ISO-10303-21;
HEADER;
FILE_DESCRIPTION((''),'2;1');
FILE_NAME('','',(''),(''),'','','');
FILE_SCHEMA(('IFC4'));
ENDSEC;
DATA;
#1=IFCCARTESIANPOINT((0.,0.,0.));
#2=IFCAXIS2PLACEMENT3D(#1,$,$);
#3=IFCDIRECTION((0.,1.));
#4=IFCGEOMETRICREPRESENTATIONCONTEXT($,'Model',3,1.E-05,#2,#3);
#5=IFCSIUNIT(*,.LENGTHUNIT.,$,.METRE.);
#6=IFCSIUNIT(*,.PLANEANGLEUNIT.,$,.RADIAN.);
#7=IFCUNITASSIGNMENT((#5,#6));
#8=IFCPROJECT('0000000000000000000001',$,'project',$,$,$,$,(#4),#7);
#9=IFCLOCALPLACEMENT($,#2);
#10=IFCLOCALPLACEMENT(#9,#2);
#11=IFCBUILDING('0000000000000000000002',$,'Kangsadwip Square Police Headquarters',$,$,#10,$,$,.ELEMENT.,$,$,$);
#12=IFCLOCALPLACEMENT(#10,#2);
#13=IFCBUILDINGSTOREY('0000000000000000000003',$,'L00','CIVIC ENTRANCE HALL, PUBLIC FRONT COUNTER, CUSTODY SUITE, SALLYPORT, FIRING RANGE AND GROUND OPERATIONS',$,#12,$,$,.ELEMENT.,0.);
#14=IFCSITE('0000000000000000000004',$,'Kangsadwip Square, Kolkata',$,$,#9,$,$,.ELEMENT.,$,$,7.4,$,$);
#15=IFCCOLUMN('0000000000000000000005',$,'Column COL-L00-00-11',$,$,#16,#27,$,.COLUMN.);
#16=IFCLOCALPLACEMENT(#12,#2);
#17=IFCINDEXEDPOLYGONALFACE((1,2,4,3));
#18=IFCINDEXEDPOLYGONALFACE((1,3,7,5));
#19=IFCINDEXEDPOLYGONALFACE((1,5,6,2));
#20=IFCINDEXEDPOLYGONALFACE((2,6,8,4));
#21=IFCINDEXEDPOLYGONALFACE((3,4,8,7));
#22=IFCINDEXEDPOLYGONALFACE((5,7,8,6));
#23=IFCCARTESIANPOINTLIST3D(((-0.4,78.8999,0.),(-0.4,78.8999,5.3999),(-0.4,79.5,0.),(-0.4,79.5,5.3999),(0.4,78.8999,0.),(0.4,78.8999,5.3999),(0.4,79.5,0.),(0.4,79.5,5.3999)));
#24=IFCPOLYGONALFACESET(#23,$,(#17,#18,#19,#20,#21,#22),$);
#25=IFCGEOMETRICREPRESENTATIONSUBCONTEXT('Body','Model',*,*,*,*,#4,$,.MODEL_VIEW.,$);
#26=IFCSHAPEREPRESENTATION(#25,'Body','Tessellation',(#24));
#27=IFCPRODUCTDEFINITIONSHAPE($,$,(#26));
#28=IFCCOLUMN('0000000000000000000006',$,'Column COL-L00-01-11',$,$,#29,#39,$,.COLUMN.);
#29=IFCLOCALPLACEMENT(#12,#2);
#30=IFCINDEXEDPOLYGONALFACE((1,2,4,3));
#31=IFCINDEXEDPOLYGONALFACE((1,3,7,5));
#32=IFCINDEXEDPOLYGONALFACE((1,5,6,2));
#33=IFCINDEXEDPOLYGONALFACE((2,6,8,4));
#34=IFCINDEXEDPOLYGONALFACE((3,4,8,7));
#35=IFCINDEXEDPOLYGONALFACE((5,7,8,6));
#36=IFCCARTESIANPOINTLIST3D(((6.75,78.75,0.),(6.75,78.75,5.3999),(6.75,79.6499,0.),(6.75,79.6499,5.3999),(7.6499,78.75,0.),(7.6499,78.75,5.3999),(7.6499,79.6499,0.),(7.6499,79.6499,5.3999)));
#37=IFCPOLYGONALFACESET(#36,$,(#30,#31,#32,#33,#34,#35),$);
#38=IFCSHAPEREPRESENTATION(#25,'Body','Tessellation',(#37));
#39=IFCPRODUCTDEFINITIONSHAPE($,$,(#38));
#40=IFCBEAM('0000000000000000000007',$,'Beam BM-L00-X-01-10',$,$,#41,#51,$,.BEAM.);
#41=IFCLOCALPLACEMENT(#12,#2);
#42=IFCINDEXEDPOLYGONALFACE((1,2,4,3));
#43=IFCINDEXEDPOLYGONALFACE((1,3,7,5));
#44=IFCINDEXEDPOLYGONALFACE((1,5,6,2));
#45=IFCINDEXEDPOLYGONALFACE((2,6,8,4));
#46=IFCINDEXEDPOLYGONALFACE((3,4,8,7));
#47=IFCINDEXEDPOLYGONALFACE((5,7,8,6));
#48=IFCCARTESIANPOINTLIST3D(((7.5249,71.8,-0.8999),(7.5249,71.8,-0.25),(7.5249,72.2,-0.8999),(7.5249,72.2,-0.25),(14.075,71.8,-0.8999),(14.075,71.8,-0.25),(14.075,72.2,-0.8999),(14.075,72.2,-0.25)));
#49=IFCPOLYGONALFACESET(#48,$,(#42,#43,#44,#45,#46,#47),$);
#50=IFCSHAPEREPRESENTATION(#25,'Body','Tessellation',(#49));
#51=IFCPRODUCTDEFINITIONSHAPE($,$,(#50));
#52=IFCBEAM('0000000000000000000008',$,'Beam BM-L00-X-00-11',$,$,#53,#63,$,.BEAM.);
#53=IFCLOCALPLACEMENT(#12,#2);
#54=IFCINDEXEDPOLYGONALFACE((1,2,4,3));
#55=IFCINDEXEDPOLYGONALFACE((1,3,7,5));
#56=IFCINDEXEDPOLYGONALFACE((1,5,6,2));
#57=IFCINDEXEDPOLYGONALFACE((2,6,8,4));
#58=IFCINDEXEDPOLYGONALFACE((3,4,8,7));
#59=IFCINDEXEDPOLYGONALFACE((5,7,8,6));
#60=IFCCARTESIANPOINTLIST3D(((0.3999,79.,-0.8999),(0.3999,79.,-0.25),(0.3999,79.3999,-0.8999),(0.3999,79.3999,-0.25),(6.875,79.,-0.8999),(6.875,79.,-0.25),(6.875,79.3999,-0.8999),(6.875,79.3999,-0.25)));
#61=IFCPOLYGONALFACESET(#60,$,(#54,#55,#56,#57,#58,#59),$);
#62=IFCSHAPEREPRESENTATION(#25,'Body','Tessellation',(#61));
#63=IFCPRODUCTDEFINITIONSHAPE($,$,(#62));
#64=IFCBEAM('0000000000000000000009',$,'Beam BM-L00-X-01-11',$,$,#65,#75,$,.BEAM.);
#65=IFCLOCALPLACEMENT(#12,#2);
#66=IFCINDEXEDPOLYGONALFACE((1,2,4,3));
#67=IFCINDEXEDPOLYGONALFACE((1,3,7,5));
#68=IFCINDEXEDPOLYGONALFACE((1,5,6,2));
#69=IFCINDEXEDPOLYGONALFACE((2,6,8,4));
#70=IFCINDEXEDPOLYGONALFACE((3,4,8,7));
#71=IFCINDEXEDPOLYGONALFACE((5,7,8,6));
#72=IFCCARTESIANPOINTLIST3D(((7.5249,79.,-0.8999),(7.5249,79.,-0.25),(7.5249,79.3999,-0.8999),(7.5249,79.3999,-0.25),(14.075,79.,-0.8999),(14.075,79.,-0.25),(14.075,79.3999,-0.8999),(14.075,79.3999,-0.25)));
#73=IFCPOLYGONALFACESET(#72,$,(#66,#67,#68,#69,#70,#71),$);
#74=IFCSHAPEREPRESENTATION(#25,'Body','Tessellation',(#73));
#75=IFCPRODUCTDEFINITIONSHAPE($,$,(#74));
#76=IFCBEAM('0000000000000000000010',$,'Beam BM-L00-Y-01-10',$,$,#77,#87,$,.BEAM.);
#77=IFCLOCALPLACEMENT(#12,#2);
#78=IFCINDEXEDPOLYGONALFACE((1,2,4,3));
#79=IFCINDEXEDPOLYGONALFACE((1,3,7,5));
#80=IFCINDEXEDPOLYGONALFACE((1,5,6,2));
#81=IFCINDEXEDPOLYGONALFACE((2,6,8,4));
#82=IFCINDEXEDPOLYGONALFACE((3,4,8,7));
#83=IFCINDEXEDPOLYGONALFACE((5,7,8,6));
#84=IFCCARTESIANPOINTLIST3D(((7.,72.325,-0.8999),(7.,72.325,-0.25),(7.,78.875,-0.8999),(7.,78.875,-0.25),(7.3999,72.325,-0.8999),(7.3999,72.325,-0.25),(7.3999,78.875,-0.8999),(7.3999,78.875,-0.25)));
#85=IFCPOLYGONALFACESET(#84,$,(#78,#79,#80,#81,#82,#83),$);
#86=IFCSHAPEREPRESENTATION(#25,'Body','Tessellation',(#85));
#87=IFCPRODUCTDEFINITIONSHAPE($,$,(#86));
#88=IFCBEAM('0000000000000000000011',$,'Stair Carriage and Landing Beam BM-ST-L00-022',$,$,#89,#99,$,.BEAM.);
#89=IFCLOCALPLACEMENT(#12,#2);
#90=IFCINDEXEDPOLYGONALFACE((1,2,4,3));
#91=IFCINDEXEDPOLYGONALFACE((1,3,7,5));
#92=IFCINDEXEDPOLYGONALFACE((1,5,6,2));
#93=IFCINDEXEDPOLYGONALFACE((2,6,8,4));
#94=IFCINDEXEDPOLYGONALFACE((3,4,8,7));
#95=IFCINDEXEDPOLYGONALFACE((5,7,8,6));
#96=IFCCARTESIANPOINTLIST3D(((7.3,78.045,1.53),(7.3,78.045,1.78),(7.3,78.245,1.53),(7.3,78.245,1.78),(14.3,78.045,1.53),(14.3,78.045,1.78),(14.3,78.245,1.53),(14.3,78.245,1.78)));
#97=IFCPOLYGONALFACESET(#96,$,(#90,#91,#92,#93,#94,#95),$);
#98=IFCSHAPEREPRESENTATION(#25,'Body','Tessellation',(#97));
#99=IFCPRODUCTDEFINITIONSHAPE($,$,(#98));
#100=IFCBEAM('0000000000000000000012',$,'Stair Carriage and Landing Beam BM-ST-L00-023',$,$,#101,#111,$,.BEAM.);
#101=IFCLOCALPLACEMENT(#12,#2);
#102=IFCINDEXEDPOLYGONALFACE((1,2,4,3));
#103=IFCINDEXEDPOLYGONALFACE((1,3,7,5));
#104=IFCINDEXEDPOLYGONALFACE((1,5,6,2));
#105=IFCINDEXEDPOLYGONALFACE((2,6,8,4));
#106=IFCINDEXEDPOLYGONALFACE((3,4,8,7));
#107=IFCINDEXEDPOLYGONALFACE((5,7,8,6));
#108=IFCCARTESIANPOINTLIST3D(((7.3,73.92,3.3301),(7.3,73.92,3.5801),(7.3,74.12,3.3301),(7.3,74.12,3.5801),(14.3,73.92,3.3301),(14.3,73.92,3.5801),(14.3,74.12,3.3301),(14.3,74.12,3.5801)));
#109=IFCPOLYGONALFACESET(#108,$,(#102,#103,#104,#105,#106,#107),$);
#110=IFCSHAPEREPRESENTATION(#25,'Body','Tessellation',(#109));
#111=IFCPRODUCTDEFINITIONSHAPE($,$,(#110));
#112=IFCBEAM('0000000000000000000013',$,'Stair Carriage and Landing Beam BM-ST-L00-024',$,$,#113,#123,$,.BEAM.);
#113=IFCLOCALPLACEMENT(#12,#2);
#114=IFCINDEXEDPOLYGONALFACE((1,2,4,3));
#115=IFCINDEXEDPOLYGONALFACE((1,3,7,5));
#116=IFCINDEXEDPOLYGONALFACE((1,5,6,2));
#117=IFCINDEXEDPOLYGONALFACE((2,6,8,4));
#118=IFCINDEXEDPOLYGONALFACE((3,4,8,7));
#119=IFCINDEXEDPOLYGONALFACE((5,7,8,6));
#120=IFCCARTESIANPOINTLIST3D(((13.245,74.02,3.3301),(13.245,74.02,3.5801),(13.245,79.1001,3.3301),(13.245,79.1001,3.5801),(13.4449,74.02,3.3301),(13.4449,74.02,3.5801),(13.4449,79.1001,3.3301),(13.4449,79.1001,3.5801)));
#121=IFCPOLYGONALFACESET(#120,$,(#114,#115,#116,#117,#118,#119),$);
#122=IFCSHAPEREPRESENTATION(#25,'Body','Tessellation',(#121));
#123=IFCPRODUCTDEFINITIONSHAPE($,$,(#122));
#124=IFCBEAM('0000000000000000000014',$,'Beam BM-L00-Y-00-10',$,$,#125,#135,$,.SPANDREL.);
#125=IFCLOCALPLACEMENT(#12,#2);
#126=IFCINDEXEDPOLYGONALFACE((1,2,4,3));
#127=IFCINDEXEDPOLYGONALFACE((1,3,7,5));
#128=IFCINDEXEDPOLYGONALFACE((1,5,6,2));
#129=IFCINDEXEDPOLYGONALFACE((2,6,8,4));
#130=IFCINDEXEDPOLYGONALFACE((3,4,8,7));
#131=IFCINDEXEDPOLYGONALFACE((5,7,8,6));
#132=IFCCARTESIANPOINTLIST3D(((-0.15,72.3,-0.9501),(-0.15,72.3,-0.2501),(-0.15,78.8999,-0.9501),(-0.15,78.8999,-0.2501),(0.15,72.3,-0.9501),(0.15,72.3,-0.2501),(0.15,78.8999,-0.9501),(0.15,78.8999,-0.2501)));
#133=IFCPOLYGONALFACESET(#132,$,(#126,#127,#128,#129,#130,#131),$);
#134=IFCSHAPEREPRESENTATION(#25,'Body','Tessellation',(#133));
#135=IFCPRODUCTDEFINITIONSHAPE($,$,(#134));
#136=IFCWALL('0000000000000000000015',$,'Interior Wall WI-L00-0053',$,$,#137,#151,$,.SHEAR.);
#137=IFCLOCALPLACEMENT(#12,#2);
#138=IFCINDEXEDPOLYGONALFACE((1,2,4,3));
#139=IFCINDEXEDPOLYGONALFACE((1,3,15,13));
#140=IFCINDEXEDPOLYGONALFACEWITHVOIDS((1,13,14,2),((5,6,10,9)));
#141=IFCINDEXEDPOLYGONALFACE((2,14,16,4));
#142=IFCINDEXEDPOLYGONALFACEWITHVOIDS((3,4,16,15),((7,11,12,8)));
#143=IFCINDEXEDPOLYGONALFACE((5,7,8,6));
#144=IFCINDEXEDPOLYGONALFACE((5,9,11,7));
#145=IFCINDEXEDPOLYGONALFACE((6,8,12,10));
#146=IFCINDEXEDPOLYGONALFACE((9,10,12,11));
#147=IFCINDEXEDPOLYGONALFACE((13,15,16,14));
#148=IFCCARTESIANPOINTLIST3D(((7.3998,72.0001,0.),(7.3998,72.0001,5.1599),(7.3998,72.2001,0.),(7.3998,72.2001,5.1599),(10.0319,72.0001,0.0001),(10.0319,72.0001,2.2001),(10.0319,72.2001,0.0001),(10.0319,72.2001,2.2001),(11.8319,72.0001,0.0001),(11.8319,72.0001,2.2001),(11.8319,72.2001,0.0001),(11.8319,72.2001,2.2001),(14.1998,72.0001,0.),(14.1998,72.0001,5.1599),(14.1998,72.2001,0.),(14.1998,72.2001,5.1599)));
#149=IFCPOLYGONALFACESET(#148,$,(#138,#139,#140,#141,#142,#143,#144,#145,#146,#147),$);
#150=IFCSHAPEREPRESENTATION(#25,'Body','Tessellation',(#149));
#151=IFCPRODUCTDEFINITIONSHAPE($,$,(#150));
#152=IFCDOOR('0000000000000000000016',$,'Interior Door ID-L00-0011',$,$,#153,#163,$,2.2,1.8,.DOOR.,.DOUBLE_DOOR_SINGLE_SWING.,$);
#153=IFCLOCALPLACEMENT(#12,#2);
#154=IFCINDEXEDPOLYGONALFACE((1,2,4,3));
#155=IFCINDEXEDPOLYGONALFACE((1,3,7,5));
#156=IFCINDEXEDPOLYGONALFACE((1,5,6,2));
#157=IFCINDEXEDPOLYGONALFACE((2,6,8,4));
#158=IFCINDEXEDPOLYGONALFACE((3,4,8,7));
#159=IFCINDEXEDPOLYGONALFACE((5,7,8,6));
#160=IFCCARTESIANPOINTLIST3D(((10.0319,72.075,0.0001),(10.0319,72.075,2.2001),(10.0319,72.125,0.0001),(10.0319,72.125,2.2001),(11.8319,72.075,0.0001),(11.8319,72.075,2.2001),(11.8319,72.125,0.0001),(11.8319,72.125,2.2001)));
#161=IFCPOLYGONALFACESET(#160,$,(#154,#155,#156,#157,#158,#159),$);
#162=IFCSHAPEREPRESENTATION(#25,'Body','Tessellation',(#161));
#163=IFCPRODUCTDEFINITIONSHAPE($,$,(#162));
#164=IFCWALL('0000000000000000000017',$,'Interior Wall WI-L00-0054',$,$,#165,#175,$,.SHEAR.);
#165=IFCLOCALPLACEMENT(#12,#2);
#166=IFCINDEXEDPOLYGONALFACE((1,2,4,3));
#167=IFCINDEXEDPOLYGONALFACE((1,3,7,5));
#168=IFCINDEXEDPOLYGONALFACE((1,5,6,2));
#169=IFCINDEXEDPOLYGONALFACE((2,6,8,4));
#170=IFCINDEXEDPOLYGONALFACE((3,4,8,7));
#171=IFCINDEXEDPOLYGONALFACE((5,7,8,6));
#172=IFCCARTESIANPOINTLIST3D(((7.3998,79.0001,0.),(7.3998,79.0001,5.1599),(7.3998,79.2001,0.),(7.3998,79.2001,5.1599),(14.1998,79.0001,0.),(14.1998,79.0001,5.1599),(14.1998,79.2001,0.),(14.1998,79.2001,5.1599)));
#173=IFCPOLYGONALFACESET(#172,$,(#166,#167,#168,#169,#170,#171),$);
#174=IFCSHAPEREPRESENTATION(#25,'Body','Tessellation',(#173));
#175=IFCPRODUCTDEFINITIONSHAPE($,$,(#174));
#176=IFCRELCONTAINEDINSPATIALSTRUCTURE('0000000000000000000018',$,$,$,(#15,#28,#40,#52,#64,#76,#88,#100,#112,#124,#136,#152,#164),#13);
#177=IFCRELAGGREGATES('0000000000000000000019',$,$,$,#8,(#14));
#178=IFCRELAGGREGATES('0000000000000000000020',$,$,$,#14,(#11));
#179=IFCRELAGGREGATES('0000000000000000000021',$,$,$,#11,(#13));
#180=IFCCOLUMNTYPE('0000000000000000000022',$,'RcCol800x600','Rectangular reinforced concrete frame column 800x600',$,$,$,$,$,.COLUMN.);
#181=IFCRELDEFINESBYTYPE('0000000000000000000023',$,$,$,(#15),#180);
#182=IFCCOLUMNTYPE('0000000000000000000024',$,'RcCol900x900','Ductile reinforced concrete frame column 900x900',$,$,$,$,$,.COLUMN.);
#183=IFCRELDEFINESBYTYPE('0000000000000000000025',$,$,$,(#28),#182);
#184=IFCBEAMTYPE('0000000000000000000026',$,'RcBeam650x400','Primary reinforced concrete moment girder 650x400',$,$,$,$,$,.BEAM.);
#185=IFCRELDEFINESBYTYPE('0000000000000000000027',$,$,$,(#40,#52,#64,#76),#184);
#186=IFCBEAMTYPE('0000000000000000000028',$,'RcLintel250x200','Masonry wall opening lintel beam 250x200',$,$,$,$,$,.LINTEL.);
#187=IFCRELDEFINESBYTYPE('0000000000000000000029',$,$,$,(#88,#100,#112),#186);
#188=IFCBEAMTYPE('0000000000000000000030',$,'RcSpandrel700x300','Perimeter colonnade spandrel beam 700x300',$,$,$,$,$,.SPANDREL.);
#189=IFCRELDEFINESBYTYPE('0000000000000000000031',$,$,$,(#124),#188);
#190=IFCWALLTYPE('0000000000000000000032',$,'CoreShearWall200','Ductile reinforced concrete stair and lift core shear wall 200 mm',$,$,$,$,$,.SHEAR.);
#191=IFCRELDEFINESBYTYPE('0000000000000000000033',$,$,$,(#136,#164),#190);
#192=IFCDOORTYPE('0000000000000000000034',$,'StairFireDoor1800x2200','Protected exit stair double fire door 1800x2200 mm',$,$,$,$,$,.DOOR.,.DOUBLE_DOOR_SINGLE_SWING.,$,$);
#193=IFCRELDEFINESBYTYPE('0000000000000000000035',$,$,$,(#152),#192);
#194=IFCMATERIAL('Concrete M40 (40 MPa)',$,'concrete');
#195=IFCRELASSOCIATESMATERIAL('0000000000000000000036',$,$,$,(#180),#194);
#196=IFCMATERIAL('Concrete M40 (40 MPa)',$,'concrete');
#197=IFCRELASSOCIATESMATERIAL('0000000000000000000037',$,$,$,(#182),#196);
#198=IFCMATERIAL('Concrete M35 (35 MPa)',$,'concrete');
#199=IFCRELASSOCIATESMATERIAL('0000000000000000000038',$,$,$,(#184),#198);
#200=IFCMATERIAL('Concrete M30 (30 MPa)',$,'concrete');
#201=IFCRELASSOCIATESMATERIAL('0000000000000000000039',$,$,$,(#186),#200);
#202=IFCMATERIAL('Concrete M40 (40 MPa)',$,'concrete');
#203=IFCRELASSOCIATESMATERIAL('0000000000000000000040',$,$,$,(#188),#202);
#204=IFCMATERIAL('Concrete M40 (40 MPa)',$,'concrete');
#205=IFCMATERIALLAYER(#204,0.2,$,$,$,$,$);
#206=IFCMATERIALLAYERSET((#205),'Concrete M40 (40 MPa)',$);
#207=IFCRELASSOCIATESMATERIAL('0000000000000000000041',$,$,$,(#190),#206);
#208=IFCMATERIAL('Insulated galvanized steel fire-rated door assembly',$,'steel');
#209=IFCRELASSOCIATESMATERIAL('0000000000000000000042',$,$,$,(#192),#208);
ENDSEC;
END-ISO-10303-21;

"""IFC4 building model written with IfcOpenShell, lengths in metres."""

from ifc_helpers import new_model, si_unit, direction, frame, frame_2d, origin, origin_2d, place, context, subcontext, project, spatial, rectangle, extrude, material, layer, layer_set, material_profile, profile_set, type_object, element, fill, save


model = new_model("IFC4")

# Units and contexts
model_context = context("Model", 3, precision=1e-05, world=origin(), true_north=direction((0.0, 1.0)))
body_context = subcontext(model_context, "Body", "Model", "MODEL_VIEW")
ifc_project = project(units=[si_unit("LENGTHUNIT", "METRE"), si_unit("PLANEANGLEUNIT", "RADIAN")], contexts=[model_context])

# Site, building, storey
site_placement = place(None, origin())
site = spatial("IfcSite", under=ifc_project, at=site_placement, Name="Kangsadwip Square, Kolkata", CompositionType="ELEMENT", RefElevation=7.4)
building_placement = place(site_placement, origin())
building = spatial("IfcBuilding", under=site, at=building_placement, Name="Kangsadwip Square Police Headquarters", CompositionType="ELEMENT")
storey_placement = place(building_placement, origin())
storey = spatial("IfcBuildingStorey", under=building, at=storey_placement, Name="L00", Description="CIVIC ENTRANCE HALL, PUBLIC FRONT COUNTER, CUSTODY SUITE, SALLYPORT, FIRING RANGE AND GROUND OPERATIONS", CompositionType="ELEMENT", Elevation=0.0)

# Columns
ifc_material_1 = material(Name="Concrete M40 (40 MPa)", Category="concrete")
ifc_material_profile_1 = material_profile(ifc_material_1, rectangle(XDim=0.6001, YDim=0.8, at=origin_2d()), Name="RC COL 800X600")
ifc_profile_set_1 = profile_set([ifc_material_profile_1], Name="Concrete M40 (40 MPa)")
column_type_1 = type_object("IfcColumnType", Name="RcCol800x600", Description="Rectangular reinforced concrete frame column 800x600", PredefinedType="COLUMN", material=ifc_profile_set_1)
column_1_placement = place(storey_placement, frame((0.0, 79.2, 0.0), z_axis=(0.0, 0.0, 1.0), x_axis=(0.0, 1.0, 0.0)))
element("IfcColumn", 1, at=column_1_placement, inside=storey, type_object=column_type_1, Name="Column COL-L00-00-11", PredefinedType="COLUMN", context=body_context, shape_type="SweptSolid", body=[
    extrude(rectangle(XDim=0.6001, YDim=0.8, at=origin_2d()), origin(), (0.0, 0.0, 1.0), 5.3999),
])
ifc_material_2 = material(Name="Concrete M40 (40 MPa)", Category="concrete")
ifc_material_profile_2 = material_profile(ifc_material_2, rectangle(XDim=0.8999, YDim=0.8999, at=origin_2d()), Name="RC COL 900X900")
ifc_profile_set_2 = profile_set([ifc_material_profile_2], Name="Concrete M40 (40 MPa)")
column_type_2 = type_object("IfcColumnType", Name="RcCol900x900", Description="Ductile reinforced concrete frame column 900x900", PredefinedType="COLUMN", material=ifc_profile_set_2)
column_2_placement = place(storey_placement, frame((7.2, 79.2, 0.0), z_axis=(0.0, 0.0, 1.0), x_axis=(1.0, 0.0, 0.0)))
element("IfcColumn", 2, at=column_2_placement, inside=storey, type_object=column_type_2, Name="Column COL-L00-01-11", PredefinedType="COLUMN", context=body_context, shape_type="SweptSolid", body=[
    extrude(rectangle(XDim=0.8999, YDim=0.8999, at=origin_2d()), origin(), (0.0, 0.0, 1.0), 5.3999),
])

# Beams
ifc_material_3 = material(Name="Concrete M35 (35 MPa)", Category="concrete")
ifc_material_profile_3 = material_profile(ifc_material_3, rectangle(XDim=0.3999, YDim=0.6499, at=origin_2d()), Name="RC BM 650X400")
ifc_profile_set_3 = profile_set([ifc_material_profile_3], Name="Concrete M35 (35 MPa)")
beam_type_1 = type_object("IfcBeamType", Name="RcBeam650x400", Description="Primary reinforced concrete moment girder 650x400", PredefinedType="BEAM", material=ifc_profile_set_3)
beam_1_placement = place(storey_placement, frame((7.5249, 72.0, -0.575), z_axis=(1.0, 0.0, 0.0), x_axis=(0.0, 1.0, 0.0)))
element("IfcBeam", 3, at=beam_1_placement, inside=storey, type_object=beam_type_1, Name="Beam BM-L00-X-01-10", PredefinedType="BEAM", context=body_context, shape_type="SweptSolid", body=[
    extrude(rectangle(XDim=0.3999, YDim=0.6499, at=origin_2d()), origin(), (0.0, 0.0, 1.0), 6.55),
])
beam_2_placement = place(storey_placement, frame((0.3999, 79.2, -0.575), z_axis=(1.0, 0.0, 0.0), x_axis=(0.0, 1.0, 0.0)))
element("IfcBeam", 4, at=beam_2_placement, inside=storey, type_object=beam_type_1, Name="Beam BM-L00-X-00-11", PredefinedType="BEAM", context=body_context, shape_type="SweptSolid", body=[
    extrude(rectangle(XDim=0.3999, YDim=0.6499, at=origin_2d()), origin(), (0.0, 0.0, 1.0), 6.4751),
])
for number, where, z_axis, x_axis, name in (
    (5, (7.5249, 79.2, -0.575), (1.0, 0.0, 0.0), (0.0, 1.0, 0.0), "Beam BM-L00-X-01-11"),
    (6, (7.2, 72.325, -0.575), (0.0, 1.0, 0.0), (-1.0, 0.0, 0.0), "Beam BM-L00-Y-01-10"),
):
    element("IfcBeam", number, at=place(storey_placement, frame(where, z_axis=z_axis, x_axis=x_axis)), inside=storey, type_object=beam_type_1, Name=name, PredefinedType="BEAM", context=body_context, shape_type="SweptSolid", body=[
        extrude(rectangle(XDim=0.3999, YDim=0.6499, at=origin_2d()), origin(), (0.0, 0.0, 1.0), 6.55),
    ])
ifc_material_4 = material(Name="Concrete M30 (30 MPa)", Category="concrete")
ifc_material_profile_4 = material_profile(ifc_material_4, rectangle(XDim=0.2, YDim=0.25, at=origin_2d()), Name="RC LNT 250X200")
ifc_profile_set_4 = profile_set([ifc_material_profile_4], Name="Concrete M30 (30 MPa)")
beam_type_2 = type_object("IfcBeamType", Name="RcLintel250x200", Description="Masonry wall opening lintel beam 250x200", PredefinedType="LINTEL", material=ifc_profile_set_4)
for number, where, z_axis, x_axis, name in (
    (7, (7.3, 78.145, 1.655), (1.0, 0.0, 0.0), (0.0, 1.0, 0.0), "Stair Carriage and Landing Beam BM-ST-L00-022"),
    (8, (7.3, 74.02, 3.4551), (1.0, 0.0, 0.0), (0.0, 1.0, 0.0), "Stair Carriage and Landing Beam BM-ST-L00-023"),
):
    element("IfcBeam", number, at=place(storey_placement, frame(where, z_axis=z_axis, x_axis=x_axis)), inside=storey, type_object=beam_type_2, Name=name, PredefinedType="BEAM", context=body_context, shape_type="SweptSolid", body=[
        extrude(rectangle(XDim=0.2, YDim=0.25, at=origin_2d()), origin(), (0.0, 0.0, 1.0), 7.0),
    ])
beam_3_placement = place(storey_placement, frame((13.345, 74.02, 3.4551), z_axis=(0.0, 1.0, 0.0), x_axis=(-1.0, 0.0, 0.0)))
element("IfcBeam", 9, at=beam_3_placement, inside=storey, type_object=beam_type_2, Name="Stair Carriage and Landing Beam BM-ST-L00-024", PredefinedType="BEAM", context=body_context, shape_type="SweptSolid", body=[
    extrude(rectangle(XDim=0.2, YDim=0.25, at=origin_2d()), origin(), (0.0, 0.0, 1.0), 5.0801),
])
ifc_material_5 = material(Name="Concrete M40 (40 MPa)", Category="concrete")
ifc_material_profile_5 = material_profile(ifc_material_5, rectangle(XDim=0.3, YDim=0.7, at=origin_2d()), Name="RC SPN 700X300")
ifc_profile_set_5 = profile_set([ifc_material_profile_5], Name="Concrete M40 (40 MPa)")
beam_type_3 = type_object("IfcBeamType", Name="RcSpandrel700x300", Description="Perimeter colonnade spandrel beam 700x300", PredefinedType="SPANDREL", material=ifc_profile_set_5)
beam_4_placement = place(storey_placement, frame((0.0, 72.3, -0.6001), z_axis=(0.0, 1.0, 0.0), x_axis=(-1.0, 0.0, 0.0)))
element("IfcBeam", 10, at=beam_4_placement, inside=storey, type_object=beam_type_3, Name="Beam BM-L00-Y-00-10", PredefinedType="SPANDREL", context=body_context, shape_type="SweptSolid", body=[
    extrude(rectangle(XDim=0.3, YDim=0.7, at=origin_2d()), origin(), (0.0, 0.0, 1.0), 6.5999),
])

# Wall, opening, door
ifc_material_6 = material(Name="Concrete M40 (40 MPa)", Category="concrete")
ifc_layer_1 = layer(ifc_material_6, 0.2)
ifc_layer_set_1 = layer_set([ifc_layer_1], Name="Concrete M40 (40 MPa)")
wall_type_1 = type_object("IfcWallType", Name="CoreShearWall200", Description="Ductile reinforced concrete stair and lift core shear wall 200 mm", PredefinedType="SHEAR", material=ifc_layer_set_1)
wall_1_placement = place(storey_placement, frame((7.3999, 72.1001, 0.0), z_axis=(0.0, 0.0, 1.0), x_axis=(1.0, 0.0, 0.0)))
wall_1 = element("IfcWall", 11, at=wall_1_placement, inside=storey, type_object=wall_type_1, Name="Interior Wall WI-L00-0053", PredefinedType="SHEAR", context=body_context, shape_type="SweptSolid", body=[
    extrude(rectangle(XDim=6.8, YDim=0.2, at=frame_2d((3.3999, 0.0))), origin(), (0.0, 0.0, 1.0), 5.1599),
])
opening_1_placement = place(wall_1_placement, frame((2.6321, 0.0, 0.0)))
opening_1 = element("IfcOpeningElement", 12, at=opening_1_placement, cuts=wall_1, PredefinedType="OPENING", context=body_context, shape_type="SweptSolid", body=[
    extrude(rectangle(XDim=1.8, YDim=2.2, at=frame_2d((0.8999, 1.1001))), frame((0.0, 0.1099, 0.0), z_axis=(0.0, -1.0, 0.0), x_axis=(1.0, 0.0, 0.0)), (0.0, 0.0, 1.0), 0.22),
])
ifc_material_7 = material(Name="Insulated galvanized steel fire-rated door assembly", Category="steel")
door_type_1 = type_object("IfcDoorType", Name="StairFireDoor1800x2200", Description="Protected exit stair double fire door 1800x2200 mm", OperationType="DOUBLE_DOOR_SINGLE_SWING", PredefinedType="DOOR", material=ifc_material_7)
door_1_placement = place(opening_1_placement, origin())
door_1 = element("IfcDoor", 13, at=door_1_placement, inside=storey, type_object=door_type_1, Name="Interior Door ID-L00-0011", OperationType="DOUBLE_DOOR_SINGLE_SWING", OverallHeight=2.2, OverallWidth=1.8, PredefinedType="DOOR", context=body_context, shape_type="SweptSolid", body=[
    extrude(rectangle(XDim=1.8, YDim=2.2, at=frame_2d((0.8999, 1.1001))), frame((0.0, 0.0249, 0.0), z_axis=(0.0, -1.0, 0.0), x_axis=(1.0, 0.0, 0.0)), (0.0, 0.0, 1.0), 0.05),
])
fill(opening_1, door_1)

# Wall
for number, where, z_axis, x_axis, name in (
    (14, (7.3999, 79.1001, 0.0), (0.0, 0.0, 1.0), (1.0, 0.0, 0.0), "Interior Wall WI-L00-0054"),
):
    element("IfcWall", number, at=place(storey_placement, frame(where, z_axis=z_axis, x_axis=x_axis)), inside=storey, type_object=wall_type_1, Name=name, PredefinedType="SHEAR", context=body_context, shape_type="SweptSolid", body=[
        extrude(rectangle(XDim=6.8, YDim=0.2, at=frame_2d((3.3999, 0.0))), origin(), (0.0, 0.0, 1.0), 5.1599),
    ])

save(model, "model.ifc")
